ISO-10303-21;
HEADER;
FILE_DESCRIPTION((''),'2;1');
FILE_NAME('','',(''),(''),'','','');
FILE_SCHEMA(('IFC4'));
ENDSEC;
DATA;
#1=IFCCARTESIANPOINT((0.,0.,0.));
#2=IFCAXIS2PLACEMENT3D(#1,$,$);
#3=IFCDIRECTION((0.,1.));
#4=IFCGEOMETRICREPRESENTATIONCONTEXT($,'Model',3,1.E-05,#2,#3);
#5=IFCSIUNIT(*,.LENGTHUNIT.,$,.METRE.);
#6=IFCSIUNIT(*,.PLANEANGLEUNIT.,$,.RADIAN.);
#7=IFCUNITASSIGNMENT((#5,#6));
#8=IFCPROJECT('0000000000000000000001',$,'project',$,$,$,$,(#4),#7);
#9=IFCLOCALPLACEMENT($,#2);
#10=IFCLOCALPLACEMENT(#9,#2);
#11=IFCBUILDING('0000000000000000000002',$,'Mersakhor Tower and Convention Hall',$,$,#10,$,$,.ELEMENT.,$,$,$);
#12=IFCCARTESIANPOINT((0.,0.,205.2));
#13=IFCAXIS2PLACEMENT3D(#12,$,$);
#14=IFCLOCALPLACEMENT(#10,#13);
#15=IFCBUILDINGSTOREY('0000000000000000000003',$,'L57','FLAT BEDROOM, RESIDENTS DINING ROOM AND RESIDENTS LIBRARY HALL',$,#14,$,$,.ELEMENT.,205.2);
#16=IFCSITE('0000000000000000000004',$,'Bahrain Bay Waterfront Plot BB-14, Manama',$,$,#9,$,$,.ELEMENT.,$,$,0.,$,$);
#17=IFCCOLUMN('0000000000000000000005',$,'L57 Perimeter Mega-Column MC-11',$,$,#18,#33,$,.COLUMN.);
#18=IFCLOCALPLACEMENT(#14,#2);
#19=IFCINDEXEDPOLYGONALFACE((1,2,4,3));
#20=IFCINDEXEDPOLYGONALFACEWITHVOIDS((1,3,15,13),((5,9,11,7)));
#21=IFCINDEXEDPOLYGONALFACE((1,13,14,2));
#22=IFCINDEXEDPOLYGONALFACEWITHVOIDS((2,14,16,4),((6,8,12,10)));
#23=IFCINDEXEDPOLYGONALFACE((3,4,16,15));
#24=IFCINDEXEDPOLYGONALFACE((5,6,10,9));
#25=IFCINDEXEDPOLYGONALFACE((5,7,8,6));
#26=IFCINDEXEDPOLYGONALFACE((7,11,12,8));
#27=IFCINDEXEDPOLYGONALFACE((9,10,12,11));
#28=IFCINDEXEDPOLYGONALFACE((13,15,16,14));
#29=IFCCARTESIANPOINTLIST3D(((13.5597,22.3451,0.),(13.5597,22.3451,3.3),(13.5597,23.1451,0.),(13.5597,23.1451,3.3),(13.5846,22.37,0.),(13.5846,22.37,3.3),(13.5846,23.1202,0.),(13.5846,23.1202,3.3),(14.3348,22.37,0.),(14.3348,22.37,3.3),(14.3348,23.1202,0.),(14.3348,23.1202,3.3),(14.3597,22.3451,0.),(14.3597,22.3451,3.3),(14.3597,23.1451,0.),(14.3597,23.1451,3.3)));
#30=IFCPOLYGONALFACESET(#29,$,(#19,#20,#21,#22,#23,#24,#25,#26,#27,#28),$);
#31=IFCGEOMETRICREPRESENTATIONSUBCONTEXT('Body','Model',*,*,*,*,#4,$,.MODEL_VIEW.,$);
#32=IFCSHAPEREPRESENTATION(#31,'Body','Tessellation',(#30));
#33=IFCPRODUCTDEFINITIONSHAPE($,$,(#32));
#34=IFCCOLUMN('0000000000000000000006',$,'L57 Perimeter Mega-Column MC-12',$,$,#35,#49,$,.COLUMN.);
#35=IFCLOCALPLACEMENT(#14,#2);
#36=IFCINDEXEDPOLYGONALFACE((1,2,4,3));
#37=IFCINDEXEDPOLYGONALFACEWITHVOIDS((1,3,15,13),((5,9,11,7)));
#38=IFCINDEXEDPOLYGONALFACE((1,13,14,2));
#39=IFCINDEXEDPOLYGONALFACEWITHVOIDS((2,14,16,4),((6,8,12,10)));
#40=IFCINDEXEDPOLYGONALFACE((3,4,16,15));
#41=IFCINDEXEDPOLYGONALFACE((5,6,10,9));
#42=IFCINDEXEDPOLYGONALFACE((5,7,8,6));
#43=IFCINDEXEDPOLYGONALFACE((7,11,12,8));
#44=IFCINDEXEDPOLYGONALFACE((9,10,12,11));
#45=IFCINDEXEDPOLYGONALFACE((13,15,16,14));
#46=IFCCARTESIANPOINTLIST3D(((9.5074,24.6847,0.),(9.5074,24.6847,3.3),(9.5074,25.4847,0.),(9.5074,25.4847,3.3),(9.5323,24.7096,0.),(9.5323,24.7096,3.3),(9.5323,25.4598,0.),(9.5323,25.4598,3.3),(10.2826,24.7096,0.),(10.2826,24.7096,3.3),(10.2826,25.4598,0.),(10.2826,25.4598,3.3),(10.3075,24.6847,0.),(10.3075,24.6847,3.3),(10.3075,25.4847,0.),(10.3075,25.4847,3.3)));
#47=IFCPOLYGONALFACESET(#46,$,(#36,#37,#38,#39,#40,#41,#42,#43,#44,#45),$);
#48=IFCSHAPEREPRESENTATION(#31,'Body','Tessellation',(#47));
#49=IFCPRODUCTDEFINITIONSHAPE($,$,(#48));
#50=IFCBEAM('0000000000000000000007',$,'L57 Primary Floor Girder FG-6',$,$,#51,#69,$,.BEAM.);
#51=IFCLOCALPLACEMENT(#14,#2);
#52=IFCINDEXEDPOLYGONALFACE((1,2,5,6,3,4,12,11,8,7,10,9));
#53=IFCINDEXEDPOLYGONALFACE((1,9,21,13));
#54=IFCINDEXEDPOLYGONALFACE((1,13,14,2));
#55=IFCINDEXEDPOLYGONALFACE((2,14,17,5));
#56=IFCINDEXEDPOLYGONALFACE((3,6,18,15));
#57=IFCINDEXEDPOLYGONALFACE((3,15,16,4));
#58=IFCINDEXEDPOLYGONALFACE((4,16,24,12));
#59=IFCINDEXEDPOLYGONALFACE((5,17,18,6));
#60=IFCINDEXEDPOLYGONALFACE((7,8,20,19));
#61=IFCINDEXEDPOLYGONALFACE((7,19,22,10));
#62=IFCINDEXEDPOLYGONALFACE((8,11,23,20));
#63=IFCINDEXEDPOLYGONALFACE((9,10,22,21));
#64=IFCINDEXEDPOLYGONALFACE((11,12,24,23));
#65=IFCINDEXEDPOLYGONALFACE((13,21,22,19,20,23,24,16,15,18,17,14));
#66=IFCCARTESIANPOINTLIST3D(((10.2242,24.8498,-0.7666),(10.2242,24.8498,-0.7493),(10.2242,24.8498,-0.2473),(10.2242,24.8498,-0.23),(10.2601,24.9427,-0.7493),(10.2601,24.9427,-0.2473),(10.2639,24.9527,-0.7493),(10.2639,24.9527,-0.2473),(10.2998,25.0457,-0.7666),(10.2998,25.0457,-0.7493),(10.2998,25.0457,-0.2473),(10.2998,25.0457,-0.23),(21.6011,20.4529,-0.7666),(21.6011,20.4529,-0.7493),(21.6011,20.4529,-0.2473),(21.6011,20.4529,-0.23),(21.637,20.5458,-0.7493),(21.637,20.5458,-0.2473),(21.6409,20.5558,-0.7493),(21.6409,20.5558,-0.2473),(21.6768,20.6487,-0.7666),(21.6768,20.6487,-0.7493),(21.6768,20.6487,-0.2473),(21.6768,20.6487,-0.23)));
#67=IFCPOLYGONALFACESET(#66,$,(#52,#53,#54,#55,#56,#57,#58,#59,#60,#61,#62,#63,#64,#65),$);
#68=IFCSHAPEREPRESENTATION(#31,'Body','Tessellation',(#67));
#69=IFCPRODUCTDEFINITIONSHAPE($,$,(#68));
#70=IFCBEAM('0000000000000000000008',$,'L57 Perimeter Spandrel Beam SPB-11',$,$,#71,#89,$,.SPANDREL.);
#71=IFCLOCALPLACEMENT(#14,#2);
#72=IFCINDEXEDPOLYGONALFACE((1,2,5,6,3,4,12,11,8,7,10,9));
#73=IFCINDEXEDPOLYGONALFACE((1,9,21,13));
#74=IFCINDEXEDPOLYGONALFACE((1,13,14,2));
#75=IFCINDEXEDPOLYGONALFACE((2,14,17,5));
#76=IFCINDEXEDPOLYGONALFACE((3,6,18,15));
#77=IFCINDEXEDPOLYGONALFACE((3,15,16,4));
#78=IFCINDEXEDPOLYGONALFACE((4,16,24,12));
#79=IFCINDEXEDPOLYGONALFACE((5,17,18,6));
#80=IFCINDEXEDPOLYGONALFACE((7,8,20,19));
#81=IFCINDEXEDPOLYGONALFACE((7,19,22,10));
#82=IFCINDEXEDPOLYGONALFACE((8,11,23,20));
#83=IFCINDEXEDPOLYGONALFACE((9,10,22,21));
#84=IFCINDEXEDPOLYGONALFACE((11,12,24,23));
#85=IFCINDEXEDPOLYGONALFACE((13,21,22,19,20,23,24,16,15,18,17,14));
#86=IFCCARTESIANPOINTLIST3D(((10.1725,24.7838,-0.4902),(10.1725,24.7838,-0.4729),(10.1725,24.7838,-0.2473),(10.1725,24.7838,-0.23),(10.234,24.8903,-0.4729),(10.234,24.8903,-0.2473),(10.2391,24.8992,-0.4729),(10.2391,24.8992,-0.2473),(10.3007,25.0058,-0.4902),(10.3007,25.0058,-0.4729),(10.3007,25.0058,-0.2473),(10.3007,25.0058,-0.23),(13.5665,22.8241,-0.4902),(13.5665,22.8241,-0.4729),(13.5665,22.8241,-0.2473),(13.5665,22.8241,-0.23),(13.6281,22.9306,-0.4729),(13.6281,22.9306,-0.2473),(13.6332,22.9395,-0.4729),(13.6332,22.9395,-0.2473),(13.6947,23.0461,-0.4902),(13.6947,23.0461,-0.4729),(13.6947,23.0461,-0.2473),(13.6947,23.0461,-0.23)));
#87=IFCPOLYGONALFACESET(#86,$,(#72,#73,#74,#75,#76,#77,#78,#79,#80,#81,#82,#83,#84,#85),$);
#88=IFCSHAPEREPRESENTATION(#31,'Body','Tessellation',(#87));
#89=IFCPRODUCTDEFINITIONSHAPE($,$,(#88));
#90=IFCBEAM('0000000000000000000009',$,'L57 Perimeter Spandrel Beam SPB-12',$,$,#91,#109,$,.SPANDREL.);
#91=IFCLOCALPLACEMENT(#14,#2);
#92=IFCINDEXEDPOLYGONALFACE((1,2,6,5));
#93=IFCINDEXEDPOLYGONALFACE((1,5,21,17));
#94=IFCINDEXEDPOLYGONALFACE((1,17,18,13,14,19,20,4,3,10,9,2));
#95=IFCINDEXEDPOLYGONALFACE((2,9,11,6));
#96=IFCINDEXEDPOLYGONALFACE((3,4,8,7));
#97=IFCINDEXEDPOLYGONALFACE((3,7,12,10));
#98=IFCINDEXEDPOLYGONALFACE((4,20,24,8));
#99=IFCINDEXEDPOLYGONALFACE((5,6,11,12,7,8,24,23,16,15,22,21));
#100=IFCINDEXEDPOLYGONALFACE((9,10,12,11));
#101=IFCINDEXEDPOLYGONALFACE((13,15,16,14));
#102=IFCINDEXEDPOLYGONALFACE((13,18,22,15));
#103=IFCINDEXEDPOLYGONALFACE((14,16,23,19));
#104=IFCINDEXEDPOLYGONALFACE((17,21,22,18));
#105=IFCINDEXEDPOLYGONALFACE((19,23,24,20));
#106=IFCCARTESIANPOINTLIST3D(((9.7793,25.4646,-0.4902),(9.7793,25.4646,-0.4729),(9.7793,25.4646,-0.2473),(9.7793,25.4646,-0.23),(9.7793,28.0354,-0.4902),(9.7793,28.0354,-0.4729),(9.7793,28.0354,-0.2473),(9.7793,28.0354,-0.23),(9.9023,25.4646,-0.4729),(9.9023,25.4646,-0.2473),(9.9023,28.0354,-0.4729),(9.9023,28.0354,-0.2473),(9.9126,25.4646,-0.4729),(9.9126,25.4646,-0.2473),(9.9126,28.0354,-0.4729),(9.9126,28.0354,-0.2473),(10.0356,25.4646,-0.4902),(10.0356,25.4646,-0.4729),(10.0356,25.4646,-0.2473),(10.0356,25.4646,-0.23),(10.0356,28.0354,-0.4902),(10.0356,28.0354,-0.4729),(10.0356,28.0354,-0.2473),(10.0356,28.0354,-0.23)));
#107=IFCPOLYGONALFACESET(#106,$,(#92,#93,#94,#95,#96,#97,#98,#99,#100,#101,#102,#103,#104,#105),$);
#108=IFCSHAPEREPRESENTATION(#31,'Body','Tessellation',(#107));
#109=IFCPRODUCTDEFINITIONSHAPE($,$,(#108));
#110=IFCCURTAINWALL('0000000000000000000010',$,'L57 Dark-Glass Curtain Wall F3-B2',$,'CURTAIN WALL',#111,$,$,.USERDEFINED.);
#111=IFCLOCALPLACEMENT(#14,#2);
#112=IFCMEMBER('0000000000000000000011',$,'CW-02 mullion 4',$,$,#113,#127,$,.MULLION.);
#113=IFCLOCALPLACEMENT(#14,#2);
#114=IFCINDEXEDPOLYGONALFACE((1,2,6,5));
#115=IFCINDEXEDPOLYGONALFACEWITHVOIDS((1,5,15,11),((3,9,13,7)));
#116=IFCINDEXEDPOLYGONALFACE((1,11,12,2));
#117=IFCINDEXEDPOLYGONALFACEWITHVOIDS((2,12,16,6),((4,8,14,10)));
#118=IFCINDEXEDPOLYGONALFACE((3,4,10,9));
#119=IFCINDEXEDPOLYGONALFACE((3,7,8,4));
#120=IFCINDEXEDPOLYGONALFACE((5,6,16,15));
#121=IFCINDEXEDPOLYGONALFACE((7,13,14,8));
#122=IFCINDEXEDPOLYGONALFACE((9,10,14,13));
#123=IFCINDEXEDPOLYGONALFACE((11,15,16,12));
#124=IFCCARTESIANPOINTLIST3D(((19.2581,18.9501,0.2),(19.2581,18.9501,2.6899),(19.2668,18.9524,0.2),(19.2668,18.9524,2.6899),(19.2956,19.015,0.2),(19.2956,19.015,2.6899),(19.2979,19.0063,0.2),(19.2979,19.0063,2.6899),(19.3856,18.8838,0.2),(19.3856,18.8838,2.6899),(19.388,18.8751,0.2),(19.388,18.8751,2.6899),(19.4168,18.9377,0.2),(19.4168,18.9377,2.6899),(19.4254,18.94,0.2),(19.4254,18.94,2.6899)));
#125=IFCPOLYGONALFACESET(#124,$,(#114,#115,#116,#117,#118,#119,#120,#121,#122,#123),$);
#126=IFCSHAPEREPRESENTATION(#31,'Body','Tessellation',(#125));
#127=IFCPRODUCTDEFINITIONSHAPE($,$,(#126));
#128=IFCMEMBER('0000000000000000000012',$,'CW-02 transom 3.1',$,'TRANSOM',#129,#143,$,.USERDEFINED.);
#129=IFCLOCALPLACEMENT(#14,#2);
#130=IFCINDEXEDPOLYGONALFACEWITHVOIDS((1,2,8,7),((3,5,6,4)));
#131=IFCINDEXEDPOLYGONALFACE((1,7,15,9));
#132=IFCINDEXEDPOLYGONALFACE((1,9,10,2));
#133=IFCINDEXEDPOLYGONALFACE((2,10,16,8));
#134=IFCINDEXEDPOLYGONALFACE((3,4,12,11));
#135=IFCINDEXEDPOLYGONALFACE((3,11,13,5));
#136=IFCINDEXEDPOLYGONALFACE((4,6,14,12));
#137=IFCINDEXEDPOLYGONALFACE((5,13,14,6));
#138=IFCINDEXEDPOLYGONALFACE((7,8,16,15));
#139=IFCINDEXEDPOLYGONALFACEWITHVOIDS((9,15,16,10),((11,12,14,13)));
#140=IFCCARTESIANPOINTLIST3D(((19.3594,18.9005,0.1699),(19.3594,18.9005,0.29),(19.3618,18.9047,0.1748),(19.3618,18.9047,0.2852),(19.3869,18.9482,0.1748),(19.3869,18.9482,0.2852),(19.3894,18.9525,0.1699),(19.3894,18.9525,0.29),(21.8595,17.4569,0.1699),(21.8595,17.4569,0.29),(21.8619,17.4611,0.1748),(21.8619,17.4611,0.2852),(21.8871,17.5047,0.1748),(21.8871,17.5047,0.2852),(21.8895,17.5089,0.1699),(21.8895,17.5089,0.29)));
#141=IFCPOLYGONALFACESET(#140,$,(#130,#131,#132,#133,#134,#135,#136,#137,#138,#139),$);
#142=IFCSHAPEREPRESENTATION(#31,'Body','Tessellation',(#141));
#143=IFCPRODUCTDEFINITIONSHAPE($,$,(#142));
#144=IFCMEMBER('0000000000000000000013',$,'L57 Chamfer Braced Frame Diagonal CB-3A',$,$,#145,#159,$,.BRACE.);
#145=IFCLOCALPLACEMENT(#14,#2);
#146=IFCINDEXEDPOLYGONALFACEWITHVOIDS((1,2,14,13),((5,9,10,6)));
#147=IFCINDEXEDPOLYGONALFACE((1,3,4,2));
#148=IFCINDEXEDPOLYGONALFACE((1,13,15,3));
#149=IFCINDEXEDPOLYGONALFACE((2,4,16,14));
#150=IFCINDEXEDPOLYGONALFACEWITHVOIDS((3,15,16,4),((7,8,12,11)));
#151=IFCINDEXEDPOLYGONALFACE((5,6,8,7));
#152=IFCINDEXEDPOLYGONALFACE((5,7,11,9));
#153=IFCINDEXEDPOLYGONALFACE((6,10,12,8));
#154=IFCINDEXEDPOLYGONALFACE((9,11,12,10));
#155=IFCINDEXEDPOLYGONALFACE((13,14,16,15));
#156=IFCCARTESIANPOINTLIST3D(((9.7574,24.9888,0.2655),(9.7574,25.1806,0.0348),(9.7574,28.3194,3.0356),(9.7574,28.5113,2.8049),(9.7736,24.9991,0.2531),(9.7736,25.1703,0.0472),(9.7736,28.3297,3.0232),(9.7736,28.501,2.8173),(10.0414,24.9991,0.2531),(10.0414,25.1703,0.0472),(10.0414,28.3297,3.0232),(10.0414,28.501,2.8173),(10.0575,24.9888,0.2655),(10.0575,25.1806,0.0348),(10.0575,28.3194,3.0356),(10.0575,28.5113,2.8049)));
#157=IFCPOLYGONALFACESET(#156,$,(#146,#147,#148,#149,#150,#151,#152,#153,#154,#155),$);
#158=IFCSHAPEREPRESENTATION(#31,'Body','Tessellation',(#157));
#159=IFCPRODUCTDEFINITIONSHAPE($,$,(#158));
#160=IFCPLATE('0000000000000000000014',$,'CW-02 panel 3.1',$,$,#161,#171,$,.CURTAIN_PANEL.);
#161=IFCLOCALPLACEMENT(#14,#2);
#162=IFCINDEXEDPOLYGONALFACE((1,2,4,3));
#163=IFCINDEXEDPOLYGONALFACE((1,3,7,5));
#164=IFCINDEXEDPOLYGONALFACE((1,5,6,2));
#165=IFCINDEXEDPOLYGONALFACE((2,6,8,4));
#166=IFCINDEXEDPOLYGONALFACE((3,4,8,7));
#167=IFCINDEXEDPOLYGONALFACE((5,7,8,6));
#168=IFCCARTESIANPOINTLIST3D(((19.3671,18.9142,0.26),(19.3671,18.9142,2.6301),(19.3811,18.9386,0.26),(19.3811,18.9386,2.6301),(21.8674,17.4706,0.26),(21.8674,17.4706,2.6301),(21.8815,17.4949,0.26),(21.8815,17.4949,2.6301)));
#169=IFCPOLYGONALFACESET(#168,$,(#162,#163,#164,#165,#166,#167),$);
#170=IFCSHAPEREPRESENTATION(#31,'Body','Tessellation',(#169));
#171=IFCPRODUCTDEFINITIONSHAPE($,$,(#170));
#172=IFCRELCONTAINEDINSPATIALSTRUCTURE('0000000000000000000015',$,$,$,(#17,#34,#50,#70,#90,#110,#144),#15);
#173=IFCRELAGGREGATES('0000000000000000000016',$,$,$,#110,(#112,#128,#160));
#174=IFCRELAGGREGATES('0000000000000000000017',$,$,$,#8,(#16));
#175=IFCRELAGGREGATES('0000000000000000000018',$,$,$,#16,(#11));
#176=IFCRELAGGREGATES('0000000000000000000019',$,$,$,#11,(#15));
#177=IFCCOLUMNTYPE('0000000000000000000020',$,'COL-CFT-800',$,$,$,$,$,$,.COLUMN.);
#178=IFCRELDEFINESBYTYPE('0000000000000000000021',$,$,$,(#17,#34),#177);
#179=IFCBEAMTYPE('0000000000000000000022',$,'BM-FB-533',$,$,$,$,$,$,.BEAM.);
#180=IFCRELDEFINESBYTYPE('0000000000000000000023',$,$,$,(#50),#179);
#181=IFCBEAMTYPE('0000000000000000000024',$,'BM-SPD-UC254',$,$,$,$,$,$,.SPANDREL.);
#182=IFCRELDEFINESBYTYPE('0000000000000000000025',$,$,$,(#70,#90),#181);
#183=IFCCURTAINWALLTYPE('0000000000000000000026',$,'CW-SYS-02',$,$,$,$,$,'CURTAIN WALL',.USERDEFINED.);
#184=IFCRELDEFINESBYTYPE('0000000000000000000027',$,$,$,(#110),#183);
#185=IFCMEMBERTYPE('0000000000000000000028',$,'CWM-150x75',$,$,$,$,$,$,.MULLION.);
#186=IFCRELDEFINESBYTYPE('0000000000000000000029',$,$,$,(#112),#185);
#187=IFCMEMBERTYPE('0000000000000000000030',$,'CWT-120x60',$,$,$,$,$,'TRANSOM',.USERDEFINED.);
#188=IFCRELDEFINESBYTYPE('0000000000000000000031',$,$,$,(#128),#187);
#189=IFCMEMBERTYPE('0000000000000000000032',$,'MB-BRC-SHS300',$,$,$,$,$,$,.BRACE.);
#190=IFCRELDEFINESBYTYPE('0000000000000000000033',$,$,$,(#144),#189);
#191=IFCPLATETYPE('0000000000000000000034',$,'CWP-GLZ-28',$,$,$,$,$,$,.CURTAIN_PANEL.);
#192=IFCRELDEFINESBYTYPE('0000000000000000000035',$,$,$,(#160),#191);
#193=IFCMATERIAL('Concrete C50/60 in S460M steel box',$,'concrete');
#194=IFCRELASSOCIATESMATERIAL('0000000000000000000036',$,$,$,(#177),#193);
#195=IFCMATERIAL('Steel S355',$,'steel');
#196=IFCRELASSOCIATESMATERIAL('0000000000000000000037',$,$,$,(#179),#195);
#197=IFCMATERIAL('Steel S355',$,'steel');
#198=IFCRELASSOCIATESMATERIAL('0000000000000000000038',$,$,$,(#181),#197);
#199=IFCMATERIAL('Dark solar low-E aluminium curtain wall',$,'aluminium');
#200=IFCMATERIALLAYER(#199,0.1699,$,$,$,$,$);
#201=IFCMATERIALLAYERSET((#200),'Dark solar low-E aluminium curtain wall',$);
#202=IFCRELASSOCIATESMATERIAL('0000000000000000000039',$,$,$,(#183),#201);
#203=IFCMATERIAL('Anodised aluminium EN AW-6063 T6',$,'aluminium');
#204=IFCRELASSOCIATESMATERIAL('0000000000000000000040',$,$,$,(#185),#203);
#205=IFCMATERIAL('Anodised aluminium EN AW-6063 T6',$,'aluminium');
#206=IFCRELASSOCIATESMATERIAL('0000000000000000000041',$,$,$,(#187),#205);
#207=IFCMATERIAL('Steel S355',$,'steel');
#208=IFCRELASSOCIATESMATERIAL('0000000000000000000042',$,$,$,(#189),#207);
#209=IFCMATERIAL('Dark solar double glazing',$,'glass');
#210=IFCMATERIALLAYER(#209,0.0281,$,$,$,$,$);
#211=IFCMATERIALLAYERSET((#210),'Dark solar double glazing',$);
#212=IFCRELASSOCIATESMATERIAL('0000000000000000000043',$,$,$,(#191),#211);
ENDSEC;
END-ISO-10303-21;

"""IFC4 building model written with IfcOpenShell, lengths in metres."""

from ifc_helpers import new_model, si_unit, direction, frame, origin, origin_2d, place, context, subcontext, project, spatial, rectangle, hollow_rectangle, i_section, extrude, material, layer, layer_set, material_profile, profile_set, type_object, element, aggregate, save


model = new_model("IFC4")

# Units and contexts
model_context = context("Model", 3, precision=1e-05, world=origin(), true_north=direction((0.0, 1.0)))
body_context = subcontext(model_context, "Body", "Model", "MODEL_VIEW")
ifc_project = project(units=[si_unit("LENGTHUNIT", "METRE"), si_unit("PLANEANGLEUNIT", "RADIAN")], contexts=[model_context])

# Site, building, storey
site_placement = place(None, origin())
site = spatial("IfcSite", under=ifc_project, at=site_placement, Name="Bahrain Bay Waterfront Plot BB-14, Manama", CompositionType="ELEMENT", RefElevation=0.0)
building_placement = place(site_placement, origin())
building = spatial("IfcBuilding", under=site, at=building_placement, Name="Mersakhor Tower and Convention Hall", CompositionType="ELEMENT")
storey_placement = place(building_placement, frame((0.0, 0.0, 205.2)))
storey = spatial("IfcBuildingStorey", under=building, at=storey_placement, Name="L57", Description="FLAT BEDROOM, RESIDENTS DINING ROOM AND RESIDENTS LIBRARY HALL", CompositionType="ELEMENT", Elevation=205.2)

# Columns
ifc_material_1 = material(Name="Concrete C50/60 in S460M steel box", Category="concrete")
ifc_material_profile_1 = material_profile(ifc_material_1, hollow_rectangle(XDim=0.8, YDim=0.8, WallThickness=0.0249, at=origin_2d()), Name="SHS 800x800x25")
ifc_profile_set_1 = profile_set([ifc_material_profile_1], Name="Concrete C50/60 in S460M steel box")
column_type = type_object("IfcColumnType", Name="COL-CFT-800", PredefinedType="COLUMN", material=ifc_profile_set_1)
for number, where, z_axis, x_axis, name in (
    (1, (13.9597, 22.7451, 0.0), (0.0, 0.0, 1.0), (1.0, 0.0, 0.0), "L57 Perimeter Mega-Column MC-11"),
    (2, (9.9075, 25.0847, 0.0), (0.0, 0.0, 1.0), (1.0, 0.0, 0.0), "L57 Perimeter Mega-Column MC-12"),
):
    element("IfcColumn", number, at=place(storey_placement, frame(where, z_axis=z_axis, x_axis=x_axis)), inside=storey, type_object=column_type, Name=name, PredefinedType="COLUMN", context=body_context, shape_type="SweptSolid", body=[
        extrude(hollow_rectangle(XDim=0.8, YDim=0.8, WallThickness=0.0249, at=origin_2d()), origin(), (0.0, 0.0, 1.0), 3.3),
    ])

# Beams
ifc_material_2 = material(Name="Steel S355", Category="steel")
ifc_material_profile_2 = material_profile(ifc_material_2, i_section(OverallWidth=0.21, OverallDepth=0.5366, WebThickness=0.0107, FlangeThickness=0.0173, at=origin_2d()), Name="UB 533x210x101")
ifc_profile_set_2 = profile_set([ifc_material_profile_2], Name="Steel S355")
beam_type_1 = type_object("IfcBeamType", Name="BM-FB-533", PredefinedType="BEAM", material=ifc_profile_set_2)
beam_1_placement = place(storey_placement, frame((21.6389, 20.5508, -0.4983), z_axis=(-0.932761, 0.360494, 0.0), x_axis=(-0.360494, -0.932761, 0.0)))
element("IfcBeam", 3, at=beam_1_placement, inside=storey, type_object=beam_type_1, Name="L57 Primary Floor Girder FG-6", PredefinedType="BEAM", context=body_context, shape_type="SweptSolid", body=[
    extrude(i_section(OverallWidth=0.21, OverallDepth=0.5366, WebThickness=0.0107, FlangeThickness=0.0173, at=origin_2d()), origin(), (0.0, 0.0, 1.0), 12.197),
])
ifc_material_3 = material(Name="Steel S355", Category="steel")
ifc_material_profile_3 = material_profile(ifc_material_3, i_section(OverallWidth=0.2563, OverallDepth=0.2603, WebThickness=0.0103, FlangeThickness=0.0173, at=origin_2d()), Name="UC 254x254x89")
ifc_profile_set_3 = profile_set([ifc_material_profile_3], Name="Steel S355")
beam_type_2 = type_object("IfcBeamType", Name="BM-SPD-UC254", PredefinedType="SPANDREL", material=ifc_profile_set_3)
beam_2_placement = place(storey_placement, frame((13.6306, 22.9351, -0.3601), z_axis=(-0.866007, 0.500032, 0.0), x_axis=(-0.500032, -0.866007, 0.0)))
element("IfcBeam", 4, at=beam_2_placement, inside=storey, type_object=beam_type_2, Name="L57 Perimeter Spandrel Beam SPB-11", PredefinedType="SPANDREL", context=body_context, shape_type="SweptSolid", body=[
    extrude(i_section(OverallWidth=0.2563, OverallDepth=0.2603, WebThickness=0.0103, FlangeThickness=0.0173, at=origin_2d()), origin(), (0.0, 0.0, 1.0), 3.9192),
])
beam_3_placement = place(storey_placement, frame((9.9075, 25.4646, -0.3601), z_axis=(0.0, 1.0, 0.0), x_axis=(-1.0, 0.0, 0.0)))
element("IfcBeam", 5, at=beam_3_placement, inside=storey, type_object=beam_type_2, Name="L57 Perimeter Spandrel Beam SPB-12", PredefinedType="SPANDREL", context=body_context, shape_type="SweptSolid", body=[
    extrude(i_section(OverallWidth=0.2563, OverallDepth=0.2603, WebThickness=0.0103, FlangeThickness=0.0173, at=origin_2d()), origin(), (0.0, 0.0, 1.0), 2.5708),
])

# Curtain wall, members
ifc_material_4 = material(Name="Dark solar low-E aluminium curtain wall", Category="aluminium")
ifc_layer_1 = layer(ifc_material_4, 0.1699)
ifc_layer_set_1 = layer_set([ifc_layer_1], Name="Dark solar low-E aluminium curtain wall")
curtain_wall_type = type_object("IfcCurtainWallType", Name="CW-SYS-02", ElementType="CURTAIN WALL", PredefinedType="USERDEFINED", material=ifc_layer_set_1)
curtain_wall_placement = place(storey_placement, origin())
curtain_wall = element("IfcCurtainWall", 6, at=curtain_wall_placement, inside=storey, type_object=curtain_wall_type, Name="L57 Dark-Glass Curtain Wall F3-B2", ObjectType="CURTAIN WALL", PredefinedType="USERDEFINED")
ifc_material_5 = material(Name="Anodised aluminium EN AW-6063 T6", Category="aluminium")
ifc_material_profile_4 = material_profile(ifc_material_5, hollow_rectangle(XDim=0.075, YDim=0.1499, WallThickness=0.0063, at=origin_2d()), Name="RHS 150x75x6.3")
ifc_profile_set_4 = profile_set([ifc_material_profile_4], Name="Anodised aluminium EN AW-6063 T6")
member_type_1 = type_object("IfcMemberType", Name="CWM-150x75", PredefinedType="MULLION", material=ifc_profile_set_4)
member_1_placement = place(storey_placement, frame((19.3418, 18.9451, 0.2), z_axis=(0.0, 0.0, 1.0), x_axis=(-0.500008, -0.866021, 0.0)))
member_1 = element("IfcMember", 7, at=member_1_placement, type_object=member_type_1, Name="CW-02 mullion 4", PredefinedType="MULLION", context=body_context, shape_type="SweptSolid", body=[
    extrude(hollow_rectangle(XDim=0.075, YDim=0.1499, WallThickness=0.0063, at=origin_2d()), origin(), (0.0, 0.0, 1.0), 2.49),
])
ifc_material_6 = material(Name="Anodised aluminium EN AW-6063 T6", Category="aluminium")
ifc_material_profile_5 = material_profile(ifc_material_6, hollow_rectangle(XDim=0.0601, YDim=0.1201, WallThickness=0.0049, at=origin_2d()), Name="RHS 120x60x5")
ifc_profile_set_5 = profile_set([ifc_material_profile_5], Name="Anodised aluminium EN AW-6063 T6")
member_type_2 = type_object("IfcMemberType", Name="CWT-120x60", ElementType="TRANSOM", PredefinedType="USERDEFINED", material=ifc_profile_set_5)
member_2_placement = place(storey_placement, frame((21.8745, 17.4829, 0.23), z_axis=(-0.866012, 0.500023, 0.0), x_axis=(-0.500023, -0.866012, 0.0)))
member_2 = element("IfcMember", 8, at=member_2_placement, type_object=member_type_2, Name="CW-02 transom 3.1", ObjectType="TRANSOM", PredefinedType="USERDEFINED", context=body_context, shape_type="SweptSolid", body=[
    extrude(hollow_rectangle(XDim=0.0601, YDim=0.1201, WallThickness=0.0049, at=origin_2d()), origin(), (0.0, 0.0, 1.0), 2.887),
])

# Member
ifc_material_7 = material(Name="Steel S355", Category="steel")
ifc_material_profile_6 = material_profile(ifc_material_7, hollow_rectangle(XDim=0.3, YDim=0.3, WallThickness=0.0161, at=origin_2d()), Name="SHS 300x300x16")
ifc_profile_set_6 = profile_set([ifc_material_profile_6], Name="Steel S355")
member_type_3 = type_object("IfcMemberType", Name="MB-BRC-SHS300", PredefinedType="BRACE", material=ifc_profile_set_6)
member_3_placement = place(storey_placement, frame((9.9075, 25.0847, 0.1501), z_axis=(0.0, 0.76884, 0.639441), x_axis=(-1.0, 0.0, 0.0)))
element("IfcMember", 9, at=member_3_placement, inside=storey, type_object=member_type_3, Name="L57 Chamfer Braced Frame Diagonal CB-3A", PredefinedType="BRACE", context=body_context, shape_type="SweptSolid", body=[
    extrude(hollow_rectangle(XDim=0.3, YDim=0.3, WallThickness=0.0161, at=origin_2d()), origin(), (0.0, 0.0, 1.0), 4.332),
])

# Plate
ifc_material_8 = material(Name="Dark solar double glazing", Category="glass")
ifc_layer_2 = layer(ifc_material_8, 0.0281)
ifc_layer_set_2 = layer_set([ifc_layer_2], Name="Dark solar double glazing")
plate_type_1 = type_object("IfcPlateType", Name="CWP-GLZ-28", PredefinedType="CURTAIN_PANEL", material=ifc_layer_set_2)
plate_1_placement = place(storey_placement, frame((20.6243, 18.2046, 0.26), z_axis=(0.0, 0.0, 1.0), x_axis=(-0.866021, 0.500008, 0.0)))
plate_1 = element("IfcPlate", 10, at=plate_1_placement, type_object=plate_type_1, Name="CW-02 panel 3.1", PredefinedType="CURTAIN_PANEL", context=body_context, shape_type="SweptSolid", body=[
    extrude(rectangle(XDim=2.8872, YDim=0.0281, at=origin_2d()), origin(), (0.0, 0.0, 1.0), 2.3701),
])
aggregate(curtain_wall, [member_1, member_2, plate_1])

save(model, "model.ifc")
